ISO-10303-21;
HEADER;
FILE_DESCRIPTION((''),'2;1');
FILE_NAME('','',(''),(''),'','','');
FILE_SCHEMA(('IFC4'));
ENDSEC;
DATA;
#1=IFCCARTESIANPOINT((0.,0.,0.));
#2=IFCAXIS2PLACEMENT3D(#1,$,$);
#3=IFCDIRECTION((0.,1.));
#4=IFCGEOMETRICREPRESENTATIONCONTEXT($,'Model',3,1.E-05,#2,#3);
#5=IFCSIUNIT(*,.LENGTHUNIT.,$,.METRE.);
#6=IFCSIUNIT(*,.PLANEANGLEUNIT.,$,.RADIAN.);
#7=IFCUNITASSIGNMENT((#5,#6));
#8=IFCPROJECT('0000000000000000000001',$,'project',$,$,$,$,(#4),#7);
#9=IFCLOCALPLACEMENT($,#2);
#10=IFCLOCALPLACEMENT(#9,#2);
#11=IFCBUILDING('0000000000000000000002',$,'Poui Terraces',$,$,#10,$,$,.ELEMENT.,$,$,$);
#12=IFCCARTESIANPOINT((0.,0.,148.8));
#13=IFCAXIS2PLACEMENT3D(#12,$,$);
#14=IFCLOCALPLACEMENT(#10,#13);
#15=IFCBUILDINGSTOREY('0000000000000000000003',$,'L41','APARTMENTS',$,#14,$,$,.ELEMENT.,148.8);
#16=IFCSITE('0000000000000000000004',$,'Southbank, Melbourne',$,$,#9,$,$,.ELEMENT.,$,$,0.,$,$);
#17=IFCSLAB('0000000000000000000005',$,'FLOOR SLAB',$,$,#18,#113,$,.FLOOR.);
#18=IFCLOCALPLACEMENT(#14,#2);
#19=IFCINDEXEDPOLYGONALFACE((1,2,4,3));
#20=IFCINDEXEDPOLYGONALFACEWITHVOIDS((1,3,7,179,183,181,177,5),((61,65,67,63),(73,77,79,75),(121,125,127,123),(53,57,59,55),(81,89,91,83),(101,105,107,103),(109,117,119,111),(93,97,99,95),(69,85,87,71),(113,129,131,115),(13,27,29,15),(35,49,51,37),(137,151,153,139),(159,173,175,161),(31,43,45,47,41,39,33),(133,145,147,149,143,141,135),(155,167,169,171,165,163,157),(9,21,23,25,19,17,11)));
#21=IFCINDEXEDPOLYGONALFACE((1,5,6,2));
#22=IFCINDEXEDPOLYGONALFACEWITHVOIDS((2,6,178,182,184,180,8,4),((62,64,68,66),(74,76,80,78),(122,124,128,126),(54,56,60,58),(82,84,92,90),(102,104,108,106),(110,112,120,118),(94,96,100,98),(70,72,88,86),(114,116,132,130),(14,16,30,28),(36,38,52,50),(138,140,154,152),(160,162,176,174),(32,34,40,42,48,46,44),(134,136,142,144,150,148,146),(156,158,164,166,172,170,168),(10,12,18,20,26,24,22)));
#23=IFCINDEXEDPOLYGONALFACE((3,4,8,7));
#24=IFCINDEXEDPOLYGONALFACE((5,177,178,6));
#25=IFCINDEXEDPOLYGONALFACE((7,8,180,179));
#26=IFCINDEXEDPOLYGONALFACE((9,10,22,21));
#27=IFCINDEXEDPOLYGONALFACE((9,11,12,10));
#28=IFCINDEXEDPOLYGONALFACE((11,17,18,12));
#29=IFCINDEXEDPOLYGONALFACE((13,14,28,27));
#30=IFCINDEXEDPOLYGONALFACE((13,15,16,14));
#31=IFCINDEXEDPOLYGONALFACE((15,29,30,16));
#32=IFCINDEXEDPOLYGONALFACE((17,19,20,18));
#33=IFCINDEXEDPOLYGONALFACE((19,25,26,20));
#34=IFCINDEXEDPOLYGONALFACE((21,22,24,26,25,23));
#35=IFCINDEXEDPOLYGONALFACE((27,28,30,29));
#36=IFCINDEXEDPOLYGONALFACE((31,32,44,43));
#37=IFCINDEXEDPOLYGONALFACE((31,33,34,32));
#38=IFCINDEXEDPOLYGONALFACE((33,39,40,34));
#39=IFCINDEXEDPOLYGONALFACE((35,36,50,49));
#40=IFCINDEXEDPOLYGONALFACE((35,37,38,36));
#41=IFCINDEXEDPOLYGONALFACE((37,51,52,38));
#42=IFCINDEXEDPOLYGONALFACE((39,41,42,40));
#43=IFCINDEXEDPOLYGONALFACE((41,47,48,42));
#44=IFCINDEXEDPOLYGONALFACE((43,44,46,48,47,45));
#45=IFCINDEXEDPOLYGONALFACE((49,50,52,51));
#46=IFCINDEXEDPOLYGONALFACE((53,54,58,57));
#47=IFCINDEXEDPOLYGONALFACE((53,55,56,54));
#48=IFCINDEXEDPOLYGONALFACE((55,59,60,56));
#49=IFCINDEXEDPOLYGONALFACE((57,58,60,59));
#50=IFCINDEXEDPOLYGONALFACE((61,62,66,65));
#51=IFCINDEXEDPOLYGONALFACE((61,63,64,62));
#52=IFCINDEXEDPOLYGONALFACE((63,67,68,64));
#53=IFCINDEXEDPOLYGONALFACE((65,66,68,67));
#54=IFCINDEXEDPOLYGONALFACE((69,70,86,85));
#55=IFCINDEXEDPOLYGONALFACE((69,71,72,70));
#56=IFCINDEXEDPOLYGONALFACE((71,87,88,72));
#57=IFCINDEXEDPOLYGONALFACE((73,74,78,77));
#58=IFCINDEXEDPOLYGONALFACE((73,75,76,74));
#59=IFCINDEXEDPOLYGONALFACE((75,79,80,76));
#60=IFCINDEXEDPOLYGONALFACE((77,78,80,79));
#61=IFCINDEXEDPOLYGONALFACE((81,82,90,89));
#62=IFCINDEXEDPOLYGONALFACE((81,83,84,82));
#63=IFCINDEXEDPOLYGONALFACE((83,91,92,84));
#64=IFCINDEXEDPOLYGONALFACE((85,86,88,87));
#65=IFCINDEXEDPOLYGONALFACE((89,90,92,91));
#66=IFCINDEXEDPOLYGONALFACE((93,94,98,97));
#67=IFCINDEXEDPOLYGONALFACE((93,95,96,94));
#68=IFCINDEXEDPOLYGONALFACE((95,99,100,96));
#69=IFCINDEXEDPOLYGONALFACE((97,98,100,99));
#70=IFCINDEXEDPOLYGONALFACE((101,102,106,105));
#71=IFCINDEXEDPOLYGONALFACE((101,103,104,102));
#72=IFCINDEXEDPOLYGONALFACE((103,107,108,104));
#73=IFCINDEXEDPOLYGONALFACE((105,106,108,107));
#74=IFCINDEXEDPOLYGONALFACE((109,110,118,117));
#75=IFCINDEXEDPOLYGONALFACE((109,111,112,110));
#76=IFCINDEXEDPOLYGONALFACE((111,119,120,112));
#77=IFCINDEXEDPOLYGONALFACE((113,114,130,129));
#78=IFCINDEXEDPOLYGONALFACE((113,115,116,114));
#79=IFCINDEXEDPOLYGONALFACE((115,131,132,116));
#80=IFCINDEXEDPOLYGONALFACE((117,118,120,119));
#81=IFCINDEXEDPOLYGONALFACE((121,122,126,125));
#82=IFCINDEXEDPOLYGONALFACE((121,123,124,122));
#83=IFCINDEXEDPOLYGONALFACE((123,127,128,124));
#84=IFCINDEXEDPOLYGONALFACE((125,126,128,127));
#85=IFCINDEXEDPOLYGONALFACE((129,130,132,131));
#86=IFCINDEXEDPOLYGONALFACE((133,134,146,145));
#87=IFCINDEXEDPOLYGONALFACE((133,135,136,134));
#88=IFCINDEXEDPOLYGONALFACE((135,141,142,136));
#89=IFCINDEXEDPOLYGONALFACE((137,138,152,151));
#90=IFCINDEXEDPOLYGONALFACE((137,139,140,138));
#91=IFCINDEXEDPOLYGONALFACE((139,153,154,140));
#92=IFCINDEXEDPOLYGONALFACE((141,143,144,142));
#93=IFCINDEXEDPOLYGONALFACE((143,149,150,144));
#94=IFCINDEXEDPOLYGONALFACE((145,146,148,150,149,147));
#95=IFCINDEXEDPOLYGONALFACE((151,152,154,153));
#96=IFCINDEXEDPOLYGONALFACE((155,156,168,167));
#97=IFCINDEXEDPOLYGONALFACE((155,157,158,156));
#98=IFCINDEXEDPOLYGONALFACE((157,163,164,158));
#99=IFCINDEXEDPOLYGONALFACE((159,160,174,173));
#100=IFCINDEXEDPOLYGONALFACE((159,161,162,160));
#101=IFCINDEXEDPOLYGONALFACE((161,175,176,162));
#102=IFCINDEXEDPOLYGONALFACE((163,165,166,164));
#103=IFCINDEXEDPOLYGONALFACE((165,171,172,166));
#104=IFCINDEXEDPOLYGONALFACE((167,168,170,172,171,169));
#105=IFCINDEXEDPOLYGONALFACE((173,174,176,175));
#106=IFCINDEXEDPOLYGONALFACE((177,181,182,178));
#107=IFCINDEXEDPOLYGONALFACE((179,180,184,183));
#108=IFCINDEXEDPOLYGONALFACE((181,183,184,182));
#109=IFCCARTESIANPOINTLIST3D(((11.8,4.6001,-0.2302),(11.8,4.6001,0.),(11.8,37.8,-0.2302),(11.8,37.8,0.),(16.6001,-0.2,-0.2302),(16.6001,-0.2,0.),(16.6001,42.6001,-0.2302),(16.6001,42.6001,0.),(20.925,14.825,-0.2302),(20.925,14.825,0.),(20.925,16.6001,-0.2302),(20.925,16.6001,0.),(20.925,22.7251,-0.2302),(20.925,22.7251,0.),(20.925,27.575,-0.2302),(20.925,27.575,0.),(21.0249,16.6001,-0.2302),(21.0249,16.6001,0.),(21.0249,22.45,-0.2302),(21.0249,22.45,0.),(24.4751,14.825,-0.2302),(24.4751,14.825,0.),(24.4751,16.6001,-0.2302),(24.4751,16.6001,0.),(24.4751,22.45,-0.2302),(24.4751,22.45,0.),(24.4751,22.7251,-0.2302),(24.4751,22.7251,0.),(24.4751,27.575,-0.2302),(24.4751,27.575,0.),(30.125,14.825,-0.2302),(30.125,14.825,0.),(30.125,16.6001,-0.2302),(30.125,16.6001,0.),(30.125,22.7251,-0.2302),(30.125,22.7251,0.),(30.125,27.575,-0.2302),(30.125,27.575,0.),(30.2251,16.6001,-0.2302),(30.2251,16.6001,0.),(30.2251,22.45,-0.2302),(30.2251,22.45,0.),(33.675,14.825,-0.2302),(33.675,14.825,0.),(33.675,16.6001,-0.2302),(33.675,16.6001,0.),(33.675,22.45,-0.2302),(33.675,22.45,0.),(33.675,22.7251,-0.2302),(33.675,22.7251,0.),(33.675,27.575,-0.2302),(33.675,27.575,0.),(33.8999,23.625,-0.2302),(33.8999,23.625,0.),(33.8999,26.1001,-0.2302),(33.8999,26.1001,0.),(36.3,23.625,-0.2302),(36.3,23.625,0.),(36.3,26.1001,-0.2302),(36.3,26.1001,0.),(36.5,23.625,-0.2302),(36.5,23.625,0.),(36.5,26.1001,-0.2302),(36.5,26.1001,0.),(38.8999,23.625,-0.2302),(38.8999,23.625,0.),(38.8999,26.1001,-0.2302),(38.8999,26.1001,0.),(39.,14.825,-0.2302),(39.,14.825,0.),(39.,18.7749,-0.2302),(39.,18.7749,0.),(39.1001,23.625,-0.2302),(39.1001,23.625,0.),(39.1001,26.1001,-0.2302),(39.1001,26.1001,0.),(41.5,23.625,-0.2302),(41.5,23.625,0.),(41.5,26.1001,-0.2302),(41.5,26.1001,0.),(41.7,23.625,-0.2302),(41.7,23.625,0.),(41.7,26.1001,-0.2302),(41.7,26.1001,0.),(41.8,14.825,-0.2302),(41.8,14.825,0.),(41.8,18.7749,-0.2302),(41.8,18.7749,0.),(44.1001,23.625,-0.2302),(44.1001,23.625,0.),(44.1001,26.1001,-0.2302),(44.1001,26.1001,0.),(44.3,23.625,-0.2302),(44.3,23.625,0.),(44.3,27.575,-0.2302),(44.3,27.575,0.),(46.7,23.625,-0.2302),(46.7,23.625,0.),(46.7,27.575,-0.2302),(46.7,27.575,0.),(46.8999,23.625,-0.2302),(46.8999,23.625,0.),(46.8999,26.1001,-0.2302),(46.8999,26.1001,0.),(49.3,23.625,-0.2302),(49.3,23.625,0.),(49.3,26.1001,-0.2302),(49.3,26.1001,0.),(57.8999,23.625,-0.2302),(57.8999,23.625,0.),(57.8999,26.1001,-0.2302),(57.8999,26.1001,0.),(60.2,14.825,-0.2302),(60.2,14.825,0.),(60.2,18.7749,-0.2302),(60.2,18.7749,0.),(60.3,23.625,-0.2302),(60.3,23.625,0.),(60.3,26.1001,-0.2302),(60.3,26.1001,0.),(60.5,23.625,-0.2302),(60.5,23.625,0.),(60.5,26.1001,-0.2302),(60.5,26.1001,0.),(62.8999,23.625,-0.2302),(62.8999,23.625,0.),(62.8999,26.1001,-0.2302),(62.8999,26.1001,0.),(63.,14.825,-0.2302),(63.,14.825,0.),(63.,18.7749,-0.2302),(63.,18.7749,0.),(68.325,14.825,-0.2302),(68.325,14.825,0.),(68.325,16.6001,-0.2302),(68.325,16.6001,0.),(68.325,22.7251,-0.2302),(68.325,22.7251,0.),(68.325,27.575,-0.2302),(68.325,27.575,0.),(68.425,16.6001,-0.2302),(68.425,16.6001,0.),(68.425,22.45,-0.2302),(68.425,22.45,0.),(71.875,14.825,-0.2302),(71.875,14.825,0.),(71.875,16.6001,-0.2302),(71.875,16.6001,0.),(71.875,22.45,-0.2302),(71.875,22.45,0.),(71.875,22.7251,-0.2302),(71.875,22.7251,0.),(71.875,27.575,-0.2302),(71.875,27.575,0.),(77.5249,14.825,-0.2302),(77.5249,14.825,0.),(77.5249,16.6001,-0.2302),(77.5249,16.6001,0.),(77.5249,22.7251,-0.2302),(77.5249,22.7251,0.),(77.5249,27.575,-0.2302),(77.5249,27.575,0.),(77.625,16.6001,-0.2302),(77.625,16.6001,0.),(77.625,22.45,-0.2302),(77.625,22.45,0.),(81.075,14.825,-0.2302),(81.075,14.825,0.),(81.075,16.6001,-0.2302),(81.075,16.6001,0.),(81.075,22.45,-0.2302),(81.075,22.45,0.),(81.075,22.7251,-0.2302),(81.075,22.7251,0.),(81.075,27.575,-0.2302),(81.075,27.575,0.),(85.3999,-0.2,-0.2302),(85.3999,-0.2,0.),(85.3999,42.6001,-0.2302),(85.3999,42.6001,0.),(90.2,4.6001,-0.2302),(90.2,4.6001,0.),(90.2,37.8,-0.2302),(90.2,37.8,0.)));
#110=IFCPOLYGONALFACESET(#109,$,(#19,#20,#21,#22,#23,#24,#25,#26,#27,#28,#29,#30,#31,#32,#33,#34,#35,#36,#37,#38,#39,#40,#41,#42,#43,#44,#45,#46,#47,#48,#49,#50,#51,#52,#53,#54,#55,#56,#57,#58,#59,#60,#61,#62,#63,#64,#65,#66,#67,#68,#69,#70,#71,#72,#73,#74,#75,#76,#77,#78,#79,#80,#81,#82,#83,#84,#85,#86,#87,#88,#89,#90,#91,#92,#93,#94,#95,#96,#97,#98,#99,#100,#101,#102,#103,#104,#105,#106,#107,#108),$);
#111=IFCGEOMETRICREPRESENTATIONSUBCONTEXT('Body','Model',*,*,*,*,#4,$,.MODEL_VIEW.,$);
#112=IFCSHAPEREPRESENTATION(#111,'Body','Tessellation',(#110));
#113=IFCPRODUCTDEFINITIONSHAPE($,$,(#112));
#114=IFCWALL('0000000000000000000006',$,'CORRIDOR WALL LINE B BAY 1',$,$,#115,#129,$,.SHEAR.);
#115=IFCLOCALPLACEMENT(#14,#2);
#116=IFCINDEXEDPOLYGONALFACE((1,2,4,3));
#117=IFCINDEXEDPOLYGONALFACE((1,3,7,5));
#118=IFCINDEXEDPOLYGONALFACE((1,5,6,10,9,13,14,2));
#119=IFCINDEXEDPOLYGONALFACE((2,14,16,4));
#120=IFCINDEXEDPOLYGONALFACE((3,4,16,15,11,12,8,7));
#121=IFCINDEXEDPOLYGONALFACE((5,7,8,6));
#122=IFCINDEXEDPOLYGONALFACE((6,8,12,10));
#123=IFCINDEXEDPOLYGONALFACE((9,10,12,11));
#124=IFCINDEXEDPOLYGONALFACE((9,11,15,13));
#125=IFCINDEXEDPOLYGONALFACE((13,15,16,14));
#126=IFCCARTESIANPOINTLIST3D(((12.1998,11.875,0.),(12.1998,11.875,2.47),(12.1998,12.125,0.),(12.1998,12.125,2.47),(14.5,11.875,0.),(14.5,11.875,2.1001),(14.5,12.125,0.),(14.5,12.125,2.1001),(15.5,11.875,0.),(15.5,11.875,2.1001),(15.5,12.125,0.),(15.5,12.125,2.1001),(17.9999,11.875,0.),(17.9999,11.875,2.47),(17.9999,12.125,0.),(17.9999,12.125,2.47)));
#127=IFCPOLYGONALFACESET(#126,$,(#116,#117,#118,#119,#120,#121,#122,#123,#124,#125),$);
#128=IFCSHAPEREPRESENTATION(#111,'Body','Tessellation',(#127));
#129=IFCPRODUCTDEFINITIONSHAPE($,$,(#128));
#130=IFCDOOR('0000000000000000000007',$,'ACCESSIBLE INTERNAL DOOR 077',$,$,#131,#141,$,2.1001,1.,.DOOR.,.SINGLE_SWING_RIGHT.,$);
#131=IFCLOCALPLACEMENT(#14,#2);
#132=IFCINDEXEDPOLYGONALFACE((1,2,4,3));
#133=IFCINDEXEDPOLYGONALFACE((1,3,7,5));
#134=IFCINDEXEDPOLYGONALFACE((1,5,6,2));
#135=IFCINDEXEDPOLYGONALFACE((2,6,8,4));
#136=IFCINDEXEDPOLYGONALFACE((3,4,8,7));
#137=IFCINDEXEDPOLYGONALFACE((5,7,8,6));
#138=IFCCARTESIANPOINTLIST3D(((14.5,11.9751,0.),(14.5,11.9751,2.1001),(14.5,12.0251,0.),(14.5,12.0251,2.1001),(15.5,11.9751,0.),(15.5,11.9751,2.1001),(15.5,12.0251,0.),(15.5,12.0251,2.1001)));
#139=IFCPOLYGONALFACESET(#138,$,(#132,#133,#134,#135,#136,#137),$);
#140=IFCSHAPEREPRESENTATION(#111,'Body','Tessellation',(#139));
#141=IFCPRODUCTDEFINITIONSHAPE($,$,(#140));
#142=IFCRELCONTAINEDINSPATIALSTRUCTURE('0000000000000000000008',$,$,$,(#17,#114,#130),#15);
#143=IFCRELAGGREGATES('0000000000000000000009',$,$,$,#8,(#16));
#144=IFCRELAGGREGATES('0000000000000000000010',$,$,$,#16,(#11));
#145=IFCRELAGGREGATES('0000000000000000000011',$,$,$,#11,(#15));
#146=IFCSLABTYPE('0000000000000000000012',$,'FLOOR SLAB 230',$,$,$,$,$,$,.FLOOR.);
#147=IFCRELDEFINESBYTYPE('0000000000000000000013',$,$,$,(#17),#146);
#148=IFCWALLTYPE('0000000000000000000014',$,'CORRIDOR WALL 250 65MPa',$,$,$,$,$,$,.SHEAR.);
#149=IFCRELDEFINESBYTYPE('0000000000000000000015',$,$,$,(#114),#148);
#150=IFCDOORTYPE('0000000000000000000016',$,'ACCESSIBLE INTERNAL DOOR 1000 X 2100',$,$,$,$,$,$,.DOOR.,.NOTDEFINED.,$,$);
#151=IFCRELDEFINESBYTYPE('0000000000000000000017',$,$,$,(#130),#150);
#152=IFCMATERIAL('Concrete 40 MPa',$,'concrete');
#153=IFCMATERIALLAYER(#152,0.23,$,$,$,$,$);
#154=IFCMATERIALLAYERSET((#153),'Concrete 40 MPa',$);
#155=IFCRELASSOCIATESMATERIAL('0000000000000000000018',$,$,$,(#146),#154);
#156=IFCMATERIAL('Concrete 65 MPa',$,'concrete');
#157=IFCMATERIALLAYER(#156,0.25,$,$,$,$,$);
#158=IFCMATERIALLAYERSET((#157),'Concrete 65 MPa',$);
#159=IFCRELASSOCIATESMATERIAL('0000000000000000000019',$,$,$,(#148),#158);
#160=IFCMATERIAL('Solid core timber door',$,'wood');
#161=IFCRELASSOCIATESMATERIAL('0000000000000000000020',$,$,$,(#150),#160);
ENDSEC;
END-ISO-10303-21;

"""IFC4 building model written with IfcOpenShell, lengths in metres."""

from ifc_helpers import new_model, si_unit, direction, frame, frame_2d, origin, place, context, subcontext, project, spatial, polyline, rectangle, outline, extrude, source, transform, mapped, material, layer, layer_set, type_object, element, fill, save


model = new_model("IFC4")

# Units and contexts
model_context = context("Model", 3, precision=1e-05, world=origin(), true_north=direction((0.0, 1.0)))
body_context = subcontext(model_context, "Body", "Model", "MODEL_VIEW")
ifc_project = project(units=[si_unit("LENGTHUNIT", "METRE"), si_unit("PLANEANGLEUNIT", "RADIAN")], contexts=[model_context])

# Site, building, storey
site_placement = place(None, origin())
site = spatial("IfcSite", under=ifc_project, at=site_placement, Name="Southbank, Melbourne", CompositionType="ELEMENT", RefElevation=0.0)
building_placement = place(site_placement, origin())
building = spatial("IfcBuilding", under=site, at=building_placement, Name="Poui Terraces", CompositionType="ELEMENT")
storey_placement = place(building_placement, frame((0.0, 0.0, 148.8)))
storey = spatial("IfcBuildingStorey", under=building, at=storey_placement, Name="L41", Description="APARTMENTS", CompositionType="ELEMENT", Elevation=148.8)

# Shared definitions
ifc_material_1 = material(Name="Concrete 65 MPa", Category="concrete")

# Slab
ifc_material_2 = material(Name="Concrete 40 MPa", Category="concrete")
ifc_layer_1 = layer(ifc_material_2, 0.23)
ifc_layer_set_1 = layer_set([ifc_layer_1], Name="Concrete 40 MPa")
slab_type_1 = type_object("IfcSlabType", Name="FLOOR SLAB 230", PredefinedType="FLOOR", material=ifc_layer_set_1)
shared_shape = source(origin(), body_context, "Body", "SweptSolid", [
    extrude(outline(polyline([(0.0, 0.0), (4.8, -4.8), (73.5999, -4.8), (78.3999, 0.0), (78.3999, 33.2), (73.5999, 38.0), (4.8, 38.0), (0.0, 33.2), (0.0, 0.0)]), holes=[polyline([(27.2, 10.2249), (27.2, 14.1748), (30.0, 14.1748), (30.0, 10.2249), (27.2, 10.2249)]), polyline([(9.2249, 17.8499), (12.675, 17.8499), (12.675, 12.0), (12.675, 10.2249), (9.125, 10.2249), (9.125, 12.0), (9.2249, 12.0), (9.2249, 17.8499)]), polyline([(18.425, 17.8499), (21.875, 17.8499), (21.875, 12.0), (21.875, 10.2249), (18.325, 10.2249), (18.325, 12.0), (18.425, 12.0), (18.425, 17.8499)]), polyline([(22.0999, 19.0249), (22.0999, 21.5), (24.5, 21.5), (24.5, 19.0249), (22.0999, 19.0249)]), polyline([(24.7, 19.0249), (24.7, 21.5), (27.0999, 21.5), (27.0999, 19.0249), (24.7, 19.0249)]), polyline([(27.3, 19.0249), (27.3, 21.5), (29.7, 21.5), (29.7, 19.0249), (27.3, 19.0249)]), polyline([(29.8999, 19.0249), (29.8999, 21.5), (32.3, 21.5), (32.3, 19.0249), (29.8999, 19.0249)]), polyline([(9.125, 22.9749), (12.675, 22.9749), (12.675, 18.125), (9.125, 18.125), (9.125, 22.9749)]), polyline([(18.325, 22.9749), (21.875, 22.9749), (21.875, 18.125), (18.325, 18.125), (18.325, 22.9749)]), polyline([(48.3999, 10.2249), (48.3999, 14.1748), (51.2, 14.1748), (51.2, 10.2249), (48.3999, 10.2249)]), polyline([(56.625, 17.8499), (60.075, 17.8499), (60.075, 12.0), (60.075, 10.2249), (56.5249, 10.2249), (56.5249, 12.0), (56.625, 12.0), (56.625, 17.8499)]), polyline([(65.825, 17.8499), (69.2749, 17.8499), (69.2749, 12.0), (69.2749, 10.2249), (65.7249, 10.2249), (65.7249, 12.0), (65.825, 12.0), (65.825, 17.8499)]), polyline([(35.0999, 19.0249), (35.0999, 21.5), (37.5, 21.5), (37.5, 19.0249), (35.0999, 19.0249)]), polyline([(46.0999, 19.0249), (46.0999, 21.5), (48.5, 21.5), (48.5, 19.0249), (46.0999, 19.0249)]), polyline([(48.7, 19.0249), (48.7, 21.5), (51.0999, 21.5), (51.0999, 19.0249), (48.7, 19.0249)]), polyline([(56.5249, 18.125), (56.5249, 22.9749), (60.075, 22.9749), (60.075, 18.125), (56.5249, 18.125)]), polyline([(65.7249, 22.9749), (69.2749, 22.9749), (69.2749, 18.125), (65.7249, 18.125), (65.7249, 22.9749)]), polyline([(32.5, 22.9749), (34.8999, 22.9749), (34.8999, 19.0249), (32.5, 19.0249), (32.5, 22.9749)])]), origin(), (0.0, 0.0, 1.0), 0.2302),
])
slab_1_placement = place(storey_placement, frame((11.8, 4.6001, -0.2302)))
element("IfcSlab", 1, at=slab_1_placement, inside=storey, type_object=slab_type_1, Name="FLOOR SLAB", PredefinedType="FLOOR", context=body_context, shape_type="MappedRepresentation", body=[
    mapped(shared_shape, transform((0.0, 0.0, 0.0))),
])

# Wall, opening, door
ifc_layer_2 = layer(ifc_material_1, 0.25)
ifc_layer_set_2 = layer_set([ifc_layer_2], Name="Concrete 65 MPa")
wall_type_1 = type_object("IfcWallType", Name="CORRIDOR WALL 250 65MPa", PredefinedType="SHEAR", material=ifc_layer_set_2)
wall_1_placement = place(storey_placement, frame((12.2, 12.0, 0.0), z_axis=(0.0, 0.0, 1.0), x_axis=(1.0, 0.0, 0.0)))
wall_1 = element("IfcWall", 2, at=wall_1_placement, inside=storey, type_object=wall_type_1, Name="CORRIDOR WALL LINE B BAY 1", PredefinedType="SHEAR", context=body_context, shape_type="SweptSolid", body=[
    extrude(rectangle(XDim=5.8, YDim=0.25, at=frame_2d((2.8999, 0.0))), origin(), (0.0, 0.0, 1.0), 2.47),
])
opening_1_placement = place(wall_1_placement, frame((2.3, 0.0, 0.0)))
opening_1 = element("IfcOpeningElement", 3, at=opening_1_placement, cuts=wall_1, PredefinedType="OPENING", context=body_context, shape_type="SweptSolid", body=[
    extrude(rectangle(XDim=1.0, YDim=2.1001, at=frame_2d((0.5, 1.05))), frame((0.0, 0.135, 0.0), z_axis=(0.0, -1.0, 0.0), x_axis=(1.0, 0.0, 0.0)), (0.0, 0.0, 1.0), 0.27),
])
ifc_material_3 = material(Name="Solid core timber door", Category="wood")
door_type = type_object("IfcDoorType", Name="ACCESSIBLE INTERNAL DOOR 1000 X 2100", OperationType="NOTDEFINED", PredefinedType="DOOR", material=ifc_material_3)
door_placement = place(opening_1_placement, frame((1.0, 0.0, 0.0), z_axis=(0.0, 0.0, 1.0), x_axis=(-1.0, 0.0, 0.0)))
door = element("IfcDoor", 4, at=door_placement, inside=storey, type_object=door_type, Name="ACCESSIBLE INTERNAL DOOR 077", OperationType="SINGLE_SWING_RIGHT", OverallHeight=2.1001, OverallWidth=1.0, PredefinedType="DOOR", context=body_context, shape_type="SweptSolid", body=[
    extrude(rectangle(XDim=1.0, YDim=2.1001, at=frame_2d((0.5, 1.05))), frame((0.0, 0.0249, 0.0), z_axis=(0.0, -1.0, 0.0), x_axis=(1.0, 0.0, 0.0)), (0.0, 0.0, 1.0), 0.05),
])
fill(opening_1, door)

save(model, "model.ifc")
